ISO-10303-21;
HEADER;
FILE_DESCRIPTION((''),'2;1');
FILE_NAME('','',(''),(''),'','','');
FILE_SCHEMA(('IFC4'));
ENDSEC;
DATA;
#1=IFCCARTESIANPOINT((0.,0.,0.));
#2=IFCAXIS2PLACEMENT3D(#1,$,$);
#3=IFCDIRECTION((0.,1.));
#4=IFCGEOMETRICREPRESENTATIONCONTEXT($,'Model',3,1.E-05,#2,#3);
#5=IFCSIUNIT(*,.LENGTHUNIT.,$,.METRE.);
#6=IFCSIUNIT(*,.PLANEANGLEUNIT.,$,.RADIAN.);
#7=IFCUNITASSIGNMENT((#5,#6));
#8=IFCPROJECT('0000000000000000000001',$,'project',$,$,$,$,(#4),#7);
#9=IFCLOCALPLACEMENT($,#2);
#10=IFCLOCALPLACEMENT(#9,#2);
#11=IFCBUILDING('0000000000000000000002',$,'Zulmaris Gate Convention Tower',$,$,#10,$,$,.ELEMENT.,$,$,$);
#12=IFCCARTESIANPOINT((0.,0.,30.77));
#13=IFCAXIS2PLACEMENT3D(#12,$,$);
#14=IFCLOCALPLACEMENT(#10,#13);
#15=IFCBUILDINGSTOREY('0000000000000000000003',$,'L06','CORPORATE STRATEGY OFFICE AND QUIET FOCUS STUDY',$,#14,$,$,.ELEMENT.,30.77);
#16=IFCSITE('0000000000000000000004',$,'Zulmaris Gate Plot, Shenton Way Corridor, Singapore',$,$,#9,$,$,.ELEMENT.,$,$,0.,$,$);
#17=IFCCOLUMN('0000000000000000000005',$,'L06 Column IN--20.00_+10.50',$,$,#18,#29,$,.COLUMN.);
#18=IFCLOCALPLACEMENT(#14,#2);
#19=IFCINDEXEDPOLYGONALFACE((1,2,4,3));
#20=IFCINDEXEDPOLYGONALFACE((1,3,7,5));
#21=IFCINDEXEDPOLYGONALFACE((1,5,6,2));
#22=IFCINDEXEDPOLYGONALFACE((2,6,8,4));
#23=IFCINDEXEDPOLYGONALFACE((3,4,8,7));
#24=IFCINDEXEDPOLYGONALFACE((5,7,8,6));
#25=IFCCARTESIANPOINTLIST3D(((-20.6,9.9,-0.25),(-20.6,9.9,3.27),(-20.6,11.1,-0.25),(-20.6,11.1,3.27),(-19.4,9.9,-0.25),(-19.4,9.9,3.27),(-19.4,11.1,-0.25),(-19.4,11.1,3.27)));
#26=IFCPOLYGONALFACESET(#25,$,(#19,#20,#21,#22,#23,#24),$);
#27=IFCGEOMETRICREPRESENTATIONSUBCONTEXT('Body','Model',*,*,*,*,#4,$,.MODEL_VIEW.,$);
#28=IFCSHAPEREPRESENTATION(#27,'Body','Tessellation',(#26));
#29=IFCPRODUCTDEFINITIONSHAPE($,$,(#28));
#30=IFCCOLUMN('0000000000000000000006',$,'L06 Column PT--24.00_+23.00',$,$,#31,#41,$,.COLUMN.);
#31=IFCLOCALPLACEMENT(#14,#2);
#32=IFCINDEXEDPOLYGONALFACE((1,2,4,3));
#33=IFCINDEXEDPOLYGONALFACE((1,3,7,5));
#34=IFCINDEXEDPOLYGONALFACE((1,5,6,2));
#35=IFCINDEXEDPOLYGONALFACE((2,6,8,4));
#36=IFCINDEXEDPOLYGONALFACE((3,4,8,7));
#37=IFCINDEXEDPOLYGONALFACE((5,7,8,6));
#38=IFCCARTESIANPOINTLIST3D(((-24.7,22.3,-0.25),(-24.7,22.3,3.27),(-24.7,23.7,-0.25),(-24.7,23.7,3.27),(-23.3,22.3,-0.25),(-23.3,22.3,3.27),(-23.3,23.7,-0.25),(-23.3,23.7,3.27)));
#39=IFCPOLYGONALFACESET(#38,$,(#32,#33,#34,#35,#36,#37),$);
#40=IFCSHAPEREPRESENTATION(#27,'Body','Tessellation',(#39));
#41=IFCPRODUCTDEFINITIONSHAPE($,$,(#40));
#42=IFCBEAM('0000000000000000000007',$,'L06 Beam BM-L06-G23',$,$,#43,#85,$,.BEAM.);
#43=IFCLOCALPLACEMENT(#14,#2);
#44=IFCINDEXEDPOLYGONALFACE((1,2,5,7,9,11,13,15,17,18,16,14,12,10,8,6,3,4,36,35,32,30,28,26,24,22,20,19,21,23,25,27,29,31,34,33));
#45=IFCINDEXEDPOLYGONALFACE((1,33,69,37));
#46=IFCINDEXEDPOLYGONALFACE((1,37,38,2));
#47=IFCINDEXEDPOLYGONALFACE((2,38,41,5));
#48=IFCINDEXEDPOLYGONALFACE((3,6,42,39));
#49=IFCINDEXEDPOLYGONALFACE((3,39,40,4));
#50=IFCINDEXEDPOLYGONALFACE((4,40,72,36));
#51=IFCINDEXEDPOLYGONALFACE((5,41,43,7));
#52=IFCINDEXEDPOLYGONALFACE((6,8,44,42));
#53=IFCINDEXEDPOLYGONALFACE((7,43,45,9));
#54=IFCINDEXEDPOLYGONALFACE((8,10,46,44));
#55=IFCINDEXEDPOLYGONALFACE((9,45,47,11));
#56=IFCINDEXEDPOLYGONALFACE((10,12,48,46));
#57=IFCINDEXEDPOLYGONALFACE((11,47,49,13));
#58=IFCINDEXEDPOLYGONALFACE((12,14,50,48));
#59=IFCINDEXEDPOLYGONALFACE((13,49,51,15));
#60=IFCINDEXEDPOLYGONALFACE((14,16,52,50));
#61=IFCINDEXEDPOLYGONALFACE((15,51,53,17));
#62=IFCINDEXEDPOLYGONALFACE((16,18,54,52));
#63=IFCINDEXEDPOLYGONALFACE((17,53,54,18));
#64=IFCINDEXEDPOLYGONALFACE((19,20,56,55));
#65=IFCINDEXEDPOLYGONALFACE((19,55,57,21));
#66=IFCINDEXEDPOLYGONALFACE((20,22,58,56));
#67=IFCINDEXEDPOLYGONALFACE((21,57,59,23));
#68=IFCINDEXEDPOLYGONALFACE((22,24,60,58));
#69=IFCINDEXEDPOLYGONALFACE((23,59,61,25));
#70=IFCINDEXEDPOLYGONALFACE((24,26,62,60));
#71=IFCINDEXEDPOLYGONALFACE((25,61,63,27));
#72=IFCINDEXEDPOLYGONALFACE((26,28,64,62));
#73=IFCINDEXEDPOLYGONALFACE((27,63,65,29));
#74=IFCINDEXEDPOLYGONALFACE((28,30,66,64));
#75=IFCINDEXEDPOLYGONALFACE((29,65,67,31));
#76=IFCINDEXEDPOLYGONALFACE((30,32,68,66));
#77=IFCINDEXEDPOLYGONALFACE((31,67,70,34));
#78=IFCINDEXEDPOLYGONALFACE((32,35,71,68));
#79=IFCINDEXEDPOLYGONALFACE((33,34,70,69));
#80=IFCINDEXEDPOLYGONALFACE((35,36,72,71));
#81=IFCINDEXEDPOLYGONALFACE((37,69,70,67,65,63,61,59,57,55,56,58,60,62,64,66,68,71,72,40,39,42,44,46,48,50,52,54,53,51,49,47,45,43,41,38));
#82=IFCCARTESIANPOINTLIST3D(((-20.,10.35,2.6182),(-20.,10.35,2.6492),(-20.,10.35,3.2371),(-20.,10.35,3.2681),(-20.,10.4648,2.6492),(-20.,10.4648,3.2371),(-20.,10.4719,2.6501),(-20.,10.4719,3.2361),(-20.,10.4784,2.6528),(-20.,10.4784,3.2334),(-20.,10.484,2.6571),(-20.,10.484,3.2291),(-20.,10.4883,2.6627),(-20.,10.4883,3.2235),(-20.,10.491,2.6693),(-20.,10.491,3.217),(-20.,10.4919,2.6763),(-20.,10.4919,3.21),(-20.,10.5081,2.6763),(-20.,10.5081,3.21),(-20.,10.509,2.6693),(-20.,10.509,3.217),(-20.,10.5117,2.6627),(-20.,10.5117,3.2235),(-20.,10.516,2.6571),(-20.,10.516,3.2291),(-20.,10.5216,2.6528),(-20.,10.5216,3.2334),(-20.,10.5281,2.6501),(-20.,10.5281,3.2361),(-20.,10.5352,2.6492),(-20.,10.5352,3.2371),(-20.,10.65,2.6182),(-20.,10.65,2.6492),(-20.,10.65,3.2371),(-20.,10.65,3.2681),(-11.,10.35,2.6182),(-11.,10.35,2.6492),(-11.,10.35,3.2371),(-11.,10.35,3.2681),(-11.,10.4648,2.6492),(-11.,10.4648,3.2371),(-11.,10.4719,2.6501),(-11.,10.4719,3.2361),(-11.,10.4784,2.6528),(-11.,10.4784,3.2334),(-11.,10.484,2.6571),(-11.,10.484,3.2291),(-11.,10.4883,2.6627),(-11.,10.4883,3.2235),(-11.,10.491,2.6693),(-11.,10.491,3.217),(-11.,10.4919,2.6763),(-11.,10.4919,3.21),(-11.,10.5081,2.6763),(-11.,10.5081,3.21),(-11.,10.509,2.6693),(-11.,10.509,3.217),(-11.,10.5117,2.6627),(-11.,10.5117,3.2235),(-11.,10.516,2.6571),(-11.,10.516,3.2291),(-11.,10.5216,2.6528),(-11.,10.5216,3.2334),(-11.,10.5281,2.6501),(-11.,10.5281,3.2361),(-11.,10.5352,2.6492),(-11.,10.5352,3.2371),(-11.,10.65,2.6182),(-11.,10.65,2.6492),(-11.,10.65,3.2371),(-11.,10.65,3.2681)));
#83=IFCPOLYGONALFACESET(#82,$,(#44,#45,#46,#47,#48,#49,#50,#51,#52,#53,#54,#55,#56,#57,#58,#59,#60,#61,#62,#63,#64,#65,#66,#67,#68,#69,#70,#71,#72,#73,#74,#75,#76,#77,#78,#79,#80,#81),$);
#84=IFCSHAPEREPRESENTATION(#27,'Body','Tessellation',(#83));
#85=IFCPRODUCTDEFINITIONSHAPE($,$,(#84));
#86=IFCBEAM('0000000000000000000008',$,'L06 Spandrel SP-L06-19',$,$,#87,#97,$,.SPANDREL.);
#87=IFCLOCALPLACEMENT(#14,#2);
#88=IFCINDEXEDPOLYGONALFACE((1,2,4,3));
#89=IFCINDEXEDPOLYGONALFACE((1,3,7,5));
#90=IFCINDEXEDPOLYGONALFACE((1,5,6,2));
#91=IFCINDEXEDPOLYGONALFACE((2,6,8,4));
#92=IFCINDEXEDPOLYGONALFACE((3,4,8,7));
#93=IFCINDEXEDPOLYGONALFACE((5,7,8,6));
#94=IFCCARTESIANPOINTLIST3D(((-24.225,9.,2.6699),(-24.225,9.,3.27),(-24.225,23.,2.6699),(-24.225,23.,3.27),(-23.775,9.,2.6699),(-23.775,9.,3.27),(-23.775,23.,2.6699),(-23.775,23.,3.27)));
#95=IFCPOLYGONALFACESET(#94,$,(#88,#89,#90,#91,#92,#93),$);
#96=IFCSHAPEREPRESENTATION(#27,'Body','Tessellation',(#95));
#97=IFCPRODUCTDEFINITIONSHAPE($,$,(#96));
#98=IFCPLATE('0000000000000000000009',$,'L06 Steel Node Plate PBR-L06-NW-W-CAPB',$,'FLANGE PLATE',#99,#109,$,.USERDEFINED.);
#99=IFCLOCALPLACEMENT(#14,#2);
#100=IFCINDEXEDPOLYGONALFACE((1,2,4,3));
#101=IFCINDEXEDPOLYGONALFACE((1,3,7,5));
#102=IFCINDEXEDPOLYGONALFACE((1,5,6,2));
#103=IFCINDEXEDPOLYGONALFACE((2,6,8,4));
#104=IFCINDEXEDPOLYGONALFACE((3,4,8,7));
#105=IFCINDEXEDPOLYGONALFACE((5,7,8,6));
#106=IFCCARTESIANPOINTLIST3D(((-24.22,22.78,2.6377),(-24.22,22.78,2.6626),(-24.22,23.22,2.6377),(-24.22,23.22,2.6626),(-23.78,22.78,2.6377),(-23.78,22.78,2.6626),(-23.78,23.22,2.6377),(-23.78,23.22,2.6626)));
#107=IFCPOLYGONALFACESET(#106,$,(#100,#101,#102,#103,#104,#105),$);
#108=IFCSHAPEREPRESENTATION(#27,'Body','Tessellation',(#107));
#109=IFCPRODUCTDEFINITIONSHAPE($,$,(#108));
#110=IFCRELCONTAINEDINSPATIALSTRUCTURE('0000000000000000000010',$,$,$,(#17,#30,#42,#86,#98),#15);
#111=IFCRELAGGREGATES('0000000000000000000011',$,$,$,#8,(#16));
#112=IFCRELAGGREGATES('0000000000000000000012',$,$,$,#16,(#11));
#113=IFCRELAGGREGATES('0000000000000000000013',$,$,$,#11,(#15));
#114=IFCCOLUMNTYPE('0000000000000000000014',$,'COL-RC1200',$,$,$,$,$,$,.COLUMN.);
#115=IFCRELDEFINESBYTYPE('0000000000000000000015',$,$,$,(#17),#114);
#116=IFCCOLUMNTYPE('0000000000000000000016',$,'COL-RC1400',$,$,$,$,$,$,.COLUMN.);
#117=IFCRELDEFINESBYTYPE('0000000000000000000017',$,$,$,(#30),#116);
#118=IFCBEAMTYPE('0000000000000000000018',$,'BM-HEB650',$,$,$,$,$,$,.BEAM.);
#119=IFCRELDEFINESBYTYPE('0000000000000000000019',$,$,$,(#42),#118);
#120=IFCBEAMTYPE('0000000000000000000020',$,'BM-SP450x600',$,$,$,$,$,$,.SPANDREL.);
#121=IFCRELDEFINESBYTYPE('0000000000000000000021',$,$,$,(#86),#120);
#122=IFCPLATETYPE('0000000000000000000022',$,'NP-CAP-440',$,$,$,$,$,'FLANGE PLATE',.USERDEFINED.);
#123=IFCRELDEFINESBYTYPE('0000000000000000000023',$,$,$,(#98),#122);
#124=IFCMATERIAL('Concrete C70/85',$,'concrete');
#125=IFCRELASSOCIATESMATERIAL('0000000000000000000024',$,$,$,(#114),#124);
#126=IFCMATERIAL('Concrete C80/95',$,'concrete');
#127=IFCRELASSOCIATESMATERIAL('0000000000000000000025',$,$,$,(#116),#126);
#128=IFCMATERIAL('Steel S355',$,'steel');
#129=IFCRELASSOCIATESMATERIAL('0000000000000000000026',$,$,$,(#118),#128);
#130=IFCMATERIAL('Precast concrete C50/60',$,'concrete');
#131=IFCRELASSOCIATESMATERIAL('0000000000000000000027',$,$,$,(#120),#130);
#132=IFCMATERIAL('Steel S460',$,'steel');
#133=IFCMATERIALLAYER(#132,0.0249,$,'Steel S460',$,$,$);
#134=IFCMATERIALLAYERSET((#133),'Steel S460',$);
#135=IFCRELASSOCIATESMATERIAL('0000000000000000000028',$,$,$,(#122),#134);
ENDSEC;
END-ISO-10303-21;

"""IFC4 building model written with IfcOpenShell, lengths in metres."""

from ifc_helpers import new_model, si_unit, direction, frame, origin, origin_2d, place, context, subcontext, project, spatial, rectangle, i_section, extrude, material, layer, layer_set, material_profile, profile_set, type_object, element, save


model = new_model("IFC4")

# Units and contexts
model_context = context("Model", 3, precision=1e-05, world=origin(), true_north=direction((0.0, 1.0)))
body_context = subcontext(model_context, "Body", "Model", "MODEL_VIEW")
ifc_project = project(units=[si_unit("LENGTHUNIT", "METRE"), si_unit("PLANEANGLEUNIT", "RADIAN")], contexts=[model_context])

# Site, building, storey
site_placement = place(None, origin())
site = spatial("IfcSite", under=ifc_project, at=site_placement, Name="Zulmaris Gate Plot, Shenton Way Corridor, Singapore", CompositionType="ELEMENT", RefElevation=0.0)
building_placement = place(site_placement, origin())
building = spatial("IfcBuilding", under=site, at=building_placement, Name="Zulmaris Gate Convention Tower", CompositionType="ELEMENT")
storey_placement = place(building_placement, frame((0.0, 0.0, 30.77)))
storey = spatial("IfcBuildingStorey", under=building, at=storey_placement, Name="L06", Description="CORPORATE STRATEGY OFFICE AND QUIET FOCUS STUDY", CompositionType="ELEMENT", Elevation=30.77)

# Columns
ifc_material_1 = material(Name="Concrete C70/85", Category="concrete")
ifc_material_profile_1 = material_profile(ifc_material_1, rectangle(XDim=1.2, YDim=1.2, at=origin_2d()), Name="RC COL 1200x1200")
ifc_profile_set_1 = profile_set([ifc_material_profile_1], Name="Concrete C70/85")
column_type_1 = type_object("IfcColumnType", Name="COL-RC1200", PredefinedType="COLUMN", material=ifc_profile_set_1)
column_1_placement = place(storey_placement, frame((-20.0, 10.5, -0.25), z_axis=(0.0, 0.0, 1.0), x_axis=(1.0, 0.0, 0.0)))
element("IfcColumn", 1, at=column_1_placement, inside=storey, type_object=column_type_1, Name="L06 Column IN--20.00_+10.50", PredefinedType="COLUMN", context=body_context, shape_type="SweptSolid", body=[
    extrude(rectangle(XDim=1.2, YDim=1.2, at=origin_2d()), origin(), (0.0, 0.0, 1.0), 3.52),
])
ifc_material_2 = material(Name="Concrete C80/95", Category="concrete")
ifc_material_profile_2 = material_profile(ifc_material_2, rectangle(XDim=1.3999, YDim=1.3999, at=origin_2d()), Name="RC COL 1400x1400")
ifc_profile_set_2 = profile_set([ifc_material_profile_2], Name="Concrete C80/95")
column_type_2 = type_object("IfcColumnType", Name="COL-RC1400", PredefinedType="COLUMN", material=ifc_profile_set_2)
column_2_placement = place(storey_placement, frame((-24.0, 23.0, -0.25), z_axis=(0.0, 0.0, 1.0), x_axis=(1.0, 0.0, 0.0)))
element("IfcColumn", 2, at=column_2_placement, inside=storey, type_object=column_type_2, Name="L06 Column PT--24.00_+23.00", PredefinedType="COLUMN", context=body_context, shape_type="SweptSolid", body=[
    extrude(rectangle(XDim=1.3999, YDim=1.3999, at=origin_2d()), origin(), (0.0, 0.0, 1.0), 3.52),
])

# Beams
ifc_material_3 = material(Name="Steel S355", Category="steel")
ifc_material_profile_3 = material_profile(ifc_material_3, i_section(OverallWidth=0.3, OverallDepth=0.6499, WebThickness=0.0161, FlangeThickness=0.031, FilletRadius=0.0271, at=origin_2d()), Name="HEB 650")
ifc_profile_set_3 = profile_set([ifc_material_profile_3], Name="Steel S355")
beam_type_1 = type_object("IfcBeamType", Name="BM-HEB650", PredefinedType="BEAM", material=ifc_profile_set_3)
beam_1_placement = place(storey_placement, frame((-20.0, 10.5, 2.9431), z_axis=(1.0, 0.0, 0.0), x_axis=(0.0, 1.0, 0.0)))
element("IfcBeam", 3, at=beam_1_placement, inside=storey, type_object=beam_type_1, Name="L06 Beam BM-L06-G23", PredefinedType="BEAM", context=body_context, shape_type="SweptSolid", body=[
    extrude(i_section(OverallWidth=0.3, OverallDepth=0.6499, WebThickness=0.0161, FlangeThickness=0.031, FilletRadius=0.0271, at=origin_2d()), origin(), (0.0, 0.0, 1.0), 9.0),
])
ifc_material_4 = material(Name="Precast concrete C50/60", Category="concrete")
ifc_material_profile_4 = material_profile(ifc_material_4, rectangle(XDim=0.45, YDim=0.6001, at=origin_2d()), Name="RC SPANDREL 450x600")
ifc_profile_set_4 = profile_set([ifc_material_profile_4], Name="Precast concrete C50/60")
beam_type_2 = type_object("IfcBeamType", Name="BM-SP450x600", PredefinedType="SPANDREL", material=ifc_profile_set_4)
beam_2_placement = place(storey_placement, frame((-24.0, 23.0, 2.97), z_axis=(0.0, -1.0, 0.0), x_axis=(1.0, 0.0, 0.0)))
element("IfcBeam", 4, at=beam_2_placement, inside=storey, type_object=beam_type_2, Name="L06 Spandrel SP-L06-19", PredefinedType="SPANDREL", context=body_context, shape_type="SweptSolid", body=[
    extrude(rectangle(XDim=0.45, YDim=0.6001, at=origin_2d()), origin(), (0.0, 0.0, 1.0), 14.0),
])

# Plate
ifc_material_5 = material(Name="Steel S460", Category="steel")
ifc_layer_1 = layer(ifc_material_5, 0.0249, Name="Steel S460")
ifc_layer_set_1 = layer_set([ifc_layer_1], Name="Steel S460")
plate_type = type_object("IfcPlateType", Name="NP-CAP-440", ElementType="FLANGE PLATE", PredefinedType="USERDEFINED", material=ifc_layer_set_1)
plate_placement = place(storey_placement, frame((-24.0, 23.0, 2.6377), z_axis=(0.0, 0.0, 1.0), x_axis=(1.0, 0.0, 0.0)))
element("IfcPlate", 5, at=plate_placement, inside=storey, type_object=plate_type, Name="L06 Steel Node Plate PBR-L06-NW-W-CAPB", ObjectType="FLANGE PLATE", PredefinedType="USERDEFINED", context=body_context, shape_type="SweptSolid", body=[
    extrude(rectangle(XDim=0.4399, YDim=0.4399, at=origin_2d()), origin(), (0.0, 0.0, 1.0), 0.0249),
])

save(model, "model.ifc")
